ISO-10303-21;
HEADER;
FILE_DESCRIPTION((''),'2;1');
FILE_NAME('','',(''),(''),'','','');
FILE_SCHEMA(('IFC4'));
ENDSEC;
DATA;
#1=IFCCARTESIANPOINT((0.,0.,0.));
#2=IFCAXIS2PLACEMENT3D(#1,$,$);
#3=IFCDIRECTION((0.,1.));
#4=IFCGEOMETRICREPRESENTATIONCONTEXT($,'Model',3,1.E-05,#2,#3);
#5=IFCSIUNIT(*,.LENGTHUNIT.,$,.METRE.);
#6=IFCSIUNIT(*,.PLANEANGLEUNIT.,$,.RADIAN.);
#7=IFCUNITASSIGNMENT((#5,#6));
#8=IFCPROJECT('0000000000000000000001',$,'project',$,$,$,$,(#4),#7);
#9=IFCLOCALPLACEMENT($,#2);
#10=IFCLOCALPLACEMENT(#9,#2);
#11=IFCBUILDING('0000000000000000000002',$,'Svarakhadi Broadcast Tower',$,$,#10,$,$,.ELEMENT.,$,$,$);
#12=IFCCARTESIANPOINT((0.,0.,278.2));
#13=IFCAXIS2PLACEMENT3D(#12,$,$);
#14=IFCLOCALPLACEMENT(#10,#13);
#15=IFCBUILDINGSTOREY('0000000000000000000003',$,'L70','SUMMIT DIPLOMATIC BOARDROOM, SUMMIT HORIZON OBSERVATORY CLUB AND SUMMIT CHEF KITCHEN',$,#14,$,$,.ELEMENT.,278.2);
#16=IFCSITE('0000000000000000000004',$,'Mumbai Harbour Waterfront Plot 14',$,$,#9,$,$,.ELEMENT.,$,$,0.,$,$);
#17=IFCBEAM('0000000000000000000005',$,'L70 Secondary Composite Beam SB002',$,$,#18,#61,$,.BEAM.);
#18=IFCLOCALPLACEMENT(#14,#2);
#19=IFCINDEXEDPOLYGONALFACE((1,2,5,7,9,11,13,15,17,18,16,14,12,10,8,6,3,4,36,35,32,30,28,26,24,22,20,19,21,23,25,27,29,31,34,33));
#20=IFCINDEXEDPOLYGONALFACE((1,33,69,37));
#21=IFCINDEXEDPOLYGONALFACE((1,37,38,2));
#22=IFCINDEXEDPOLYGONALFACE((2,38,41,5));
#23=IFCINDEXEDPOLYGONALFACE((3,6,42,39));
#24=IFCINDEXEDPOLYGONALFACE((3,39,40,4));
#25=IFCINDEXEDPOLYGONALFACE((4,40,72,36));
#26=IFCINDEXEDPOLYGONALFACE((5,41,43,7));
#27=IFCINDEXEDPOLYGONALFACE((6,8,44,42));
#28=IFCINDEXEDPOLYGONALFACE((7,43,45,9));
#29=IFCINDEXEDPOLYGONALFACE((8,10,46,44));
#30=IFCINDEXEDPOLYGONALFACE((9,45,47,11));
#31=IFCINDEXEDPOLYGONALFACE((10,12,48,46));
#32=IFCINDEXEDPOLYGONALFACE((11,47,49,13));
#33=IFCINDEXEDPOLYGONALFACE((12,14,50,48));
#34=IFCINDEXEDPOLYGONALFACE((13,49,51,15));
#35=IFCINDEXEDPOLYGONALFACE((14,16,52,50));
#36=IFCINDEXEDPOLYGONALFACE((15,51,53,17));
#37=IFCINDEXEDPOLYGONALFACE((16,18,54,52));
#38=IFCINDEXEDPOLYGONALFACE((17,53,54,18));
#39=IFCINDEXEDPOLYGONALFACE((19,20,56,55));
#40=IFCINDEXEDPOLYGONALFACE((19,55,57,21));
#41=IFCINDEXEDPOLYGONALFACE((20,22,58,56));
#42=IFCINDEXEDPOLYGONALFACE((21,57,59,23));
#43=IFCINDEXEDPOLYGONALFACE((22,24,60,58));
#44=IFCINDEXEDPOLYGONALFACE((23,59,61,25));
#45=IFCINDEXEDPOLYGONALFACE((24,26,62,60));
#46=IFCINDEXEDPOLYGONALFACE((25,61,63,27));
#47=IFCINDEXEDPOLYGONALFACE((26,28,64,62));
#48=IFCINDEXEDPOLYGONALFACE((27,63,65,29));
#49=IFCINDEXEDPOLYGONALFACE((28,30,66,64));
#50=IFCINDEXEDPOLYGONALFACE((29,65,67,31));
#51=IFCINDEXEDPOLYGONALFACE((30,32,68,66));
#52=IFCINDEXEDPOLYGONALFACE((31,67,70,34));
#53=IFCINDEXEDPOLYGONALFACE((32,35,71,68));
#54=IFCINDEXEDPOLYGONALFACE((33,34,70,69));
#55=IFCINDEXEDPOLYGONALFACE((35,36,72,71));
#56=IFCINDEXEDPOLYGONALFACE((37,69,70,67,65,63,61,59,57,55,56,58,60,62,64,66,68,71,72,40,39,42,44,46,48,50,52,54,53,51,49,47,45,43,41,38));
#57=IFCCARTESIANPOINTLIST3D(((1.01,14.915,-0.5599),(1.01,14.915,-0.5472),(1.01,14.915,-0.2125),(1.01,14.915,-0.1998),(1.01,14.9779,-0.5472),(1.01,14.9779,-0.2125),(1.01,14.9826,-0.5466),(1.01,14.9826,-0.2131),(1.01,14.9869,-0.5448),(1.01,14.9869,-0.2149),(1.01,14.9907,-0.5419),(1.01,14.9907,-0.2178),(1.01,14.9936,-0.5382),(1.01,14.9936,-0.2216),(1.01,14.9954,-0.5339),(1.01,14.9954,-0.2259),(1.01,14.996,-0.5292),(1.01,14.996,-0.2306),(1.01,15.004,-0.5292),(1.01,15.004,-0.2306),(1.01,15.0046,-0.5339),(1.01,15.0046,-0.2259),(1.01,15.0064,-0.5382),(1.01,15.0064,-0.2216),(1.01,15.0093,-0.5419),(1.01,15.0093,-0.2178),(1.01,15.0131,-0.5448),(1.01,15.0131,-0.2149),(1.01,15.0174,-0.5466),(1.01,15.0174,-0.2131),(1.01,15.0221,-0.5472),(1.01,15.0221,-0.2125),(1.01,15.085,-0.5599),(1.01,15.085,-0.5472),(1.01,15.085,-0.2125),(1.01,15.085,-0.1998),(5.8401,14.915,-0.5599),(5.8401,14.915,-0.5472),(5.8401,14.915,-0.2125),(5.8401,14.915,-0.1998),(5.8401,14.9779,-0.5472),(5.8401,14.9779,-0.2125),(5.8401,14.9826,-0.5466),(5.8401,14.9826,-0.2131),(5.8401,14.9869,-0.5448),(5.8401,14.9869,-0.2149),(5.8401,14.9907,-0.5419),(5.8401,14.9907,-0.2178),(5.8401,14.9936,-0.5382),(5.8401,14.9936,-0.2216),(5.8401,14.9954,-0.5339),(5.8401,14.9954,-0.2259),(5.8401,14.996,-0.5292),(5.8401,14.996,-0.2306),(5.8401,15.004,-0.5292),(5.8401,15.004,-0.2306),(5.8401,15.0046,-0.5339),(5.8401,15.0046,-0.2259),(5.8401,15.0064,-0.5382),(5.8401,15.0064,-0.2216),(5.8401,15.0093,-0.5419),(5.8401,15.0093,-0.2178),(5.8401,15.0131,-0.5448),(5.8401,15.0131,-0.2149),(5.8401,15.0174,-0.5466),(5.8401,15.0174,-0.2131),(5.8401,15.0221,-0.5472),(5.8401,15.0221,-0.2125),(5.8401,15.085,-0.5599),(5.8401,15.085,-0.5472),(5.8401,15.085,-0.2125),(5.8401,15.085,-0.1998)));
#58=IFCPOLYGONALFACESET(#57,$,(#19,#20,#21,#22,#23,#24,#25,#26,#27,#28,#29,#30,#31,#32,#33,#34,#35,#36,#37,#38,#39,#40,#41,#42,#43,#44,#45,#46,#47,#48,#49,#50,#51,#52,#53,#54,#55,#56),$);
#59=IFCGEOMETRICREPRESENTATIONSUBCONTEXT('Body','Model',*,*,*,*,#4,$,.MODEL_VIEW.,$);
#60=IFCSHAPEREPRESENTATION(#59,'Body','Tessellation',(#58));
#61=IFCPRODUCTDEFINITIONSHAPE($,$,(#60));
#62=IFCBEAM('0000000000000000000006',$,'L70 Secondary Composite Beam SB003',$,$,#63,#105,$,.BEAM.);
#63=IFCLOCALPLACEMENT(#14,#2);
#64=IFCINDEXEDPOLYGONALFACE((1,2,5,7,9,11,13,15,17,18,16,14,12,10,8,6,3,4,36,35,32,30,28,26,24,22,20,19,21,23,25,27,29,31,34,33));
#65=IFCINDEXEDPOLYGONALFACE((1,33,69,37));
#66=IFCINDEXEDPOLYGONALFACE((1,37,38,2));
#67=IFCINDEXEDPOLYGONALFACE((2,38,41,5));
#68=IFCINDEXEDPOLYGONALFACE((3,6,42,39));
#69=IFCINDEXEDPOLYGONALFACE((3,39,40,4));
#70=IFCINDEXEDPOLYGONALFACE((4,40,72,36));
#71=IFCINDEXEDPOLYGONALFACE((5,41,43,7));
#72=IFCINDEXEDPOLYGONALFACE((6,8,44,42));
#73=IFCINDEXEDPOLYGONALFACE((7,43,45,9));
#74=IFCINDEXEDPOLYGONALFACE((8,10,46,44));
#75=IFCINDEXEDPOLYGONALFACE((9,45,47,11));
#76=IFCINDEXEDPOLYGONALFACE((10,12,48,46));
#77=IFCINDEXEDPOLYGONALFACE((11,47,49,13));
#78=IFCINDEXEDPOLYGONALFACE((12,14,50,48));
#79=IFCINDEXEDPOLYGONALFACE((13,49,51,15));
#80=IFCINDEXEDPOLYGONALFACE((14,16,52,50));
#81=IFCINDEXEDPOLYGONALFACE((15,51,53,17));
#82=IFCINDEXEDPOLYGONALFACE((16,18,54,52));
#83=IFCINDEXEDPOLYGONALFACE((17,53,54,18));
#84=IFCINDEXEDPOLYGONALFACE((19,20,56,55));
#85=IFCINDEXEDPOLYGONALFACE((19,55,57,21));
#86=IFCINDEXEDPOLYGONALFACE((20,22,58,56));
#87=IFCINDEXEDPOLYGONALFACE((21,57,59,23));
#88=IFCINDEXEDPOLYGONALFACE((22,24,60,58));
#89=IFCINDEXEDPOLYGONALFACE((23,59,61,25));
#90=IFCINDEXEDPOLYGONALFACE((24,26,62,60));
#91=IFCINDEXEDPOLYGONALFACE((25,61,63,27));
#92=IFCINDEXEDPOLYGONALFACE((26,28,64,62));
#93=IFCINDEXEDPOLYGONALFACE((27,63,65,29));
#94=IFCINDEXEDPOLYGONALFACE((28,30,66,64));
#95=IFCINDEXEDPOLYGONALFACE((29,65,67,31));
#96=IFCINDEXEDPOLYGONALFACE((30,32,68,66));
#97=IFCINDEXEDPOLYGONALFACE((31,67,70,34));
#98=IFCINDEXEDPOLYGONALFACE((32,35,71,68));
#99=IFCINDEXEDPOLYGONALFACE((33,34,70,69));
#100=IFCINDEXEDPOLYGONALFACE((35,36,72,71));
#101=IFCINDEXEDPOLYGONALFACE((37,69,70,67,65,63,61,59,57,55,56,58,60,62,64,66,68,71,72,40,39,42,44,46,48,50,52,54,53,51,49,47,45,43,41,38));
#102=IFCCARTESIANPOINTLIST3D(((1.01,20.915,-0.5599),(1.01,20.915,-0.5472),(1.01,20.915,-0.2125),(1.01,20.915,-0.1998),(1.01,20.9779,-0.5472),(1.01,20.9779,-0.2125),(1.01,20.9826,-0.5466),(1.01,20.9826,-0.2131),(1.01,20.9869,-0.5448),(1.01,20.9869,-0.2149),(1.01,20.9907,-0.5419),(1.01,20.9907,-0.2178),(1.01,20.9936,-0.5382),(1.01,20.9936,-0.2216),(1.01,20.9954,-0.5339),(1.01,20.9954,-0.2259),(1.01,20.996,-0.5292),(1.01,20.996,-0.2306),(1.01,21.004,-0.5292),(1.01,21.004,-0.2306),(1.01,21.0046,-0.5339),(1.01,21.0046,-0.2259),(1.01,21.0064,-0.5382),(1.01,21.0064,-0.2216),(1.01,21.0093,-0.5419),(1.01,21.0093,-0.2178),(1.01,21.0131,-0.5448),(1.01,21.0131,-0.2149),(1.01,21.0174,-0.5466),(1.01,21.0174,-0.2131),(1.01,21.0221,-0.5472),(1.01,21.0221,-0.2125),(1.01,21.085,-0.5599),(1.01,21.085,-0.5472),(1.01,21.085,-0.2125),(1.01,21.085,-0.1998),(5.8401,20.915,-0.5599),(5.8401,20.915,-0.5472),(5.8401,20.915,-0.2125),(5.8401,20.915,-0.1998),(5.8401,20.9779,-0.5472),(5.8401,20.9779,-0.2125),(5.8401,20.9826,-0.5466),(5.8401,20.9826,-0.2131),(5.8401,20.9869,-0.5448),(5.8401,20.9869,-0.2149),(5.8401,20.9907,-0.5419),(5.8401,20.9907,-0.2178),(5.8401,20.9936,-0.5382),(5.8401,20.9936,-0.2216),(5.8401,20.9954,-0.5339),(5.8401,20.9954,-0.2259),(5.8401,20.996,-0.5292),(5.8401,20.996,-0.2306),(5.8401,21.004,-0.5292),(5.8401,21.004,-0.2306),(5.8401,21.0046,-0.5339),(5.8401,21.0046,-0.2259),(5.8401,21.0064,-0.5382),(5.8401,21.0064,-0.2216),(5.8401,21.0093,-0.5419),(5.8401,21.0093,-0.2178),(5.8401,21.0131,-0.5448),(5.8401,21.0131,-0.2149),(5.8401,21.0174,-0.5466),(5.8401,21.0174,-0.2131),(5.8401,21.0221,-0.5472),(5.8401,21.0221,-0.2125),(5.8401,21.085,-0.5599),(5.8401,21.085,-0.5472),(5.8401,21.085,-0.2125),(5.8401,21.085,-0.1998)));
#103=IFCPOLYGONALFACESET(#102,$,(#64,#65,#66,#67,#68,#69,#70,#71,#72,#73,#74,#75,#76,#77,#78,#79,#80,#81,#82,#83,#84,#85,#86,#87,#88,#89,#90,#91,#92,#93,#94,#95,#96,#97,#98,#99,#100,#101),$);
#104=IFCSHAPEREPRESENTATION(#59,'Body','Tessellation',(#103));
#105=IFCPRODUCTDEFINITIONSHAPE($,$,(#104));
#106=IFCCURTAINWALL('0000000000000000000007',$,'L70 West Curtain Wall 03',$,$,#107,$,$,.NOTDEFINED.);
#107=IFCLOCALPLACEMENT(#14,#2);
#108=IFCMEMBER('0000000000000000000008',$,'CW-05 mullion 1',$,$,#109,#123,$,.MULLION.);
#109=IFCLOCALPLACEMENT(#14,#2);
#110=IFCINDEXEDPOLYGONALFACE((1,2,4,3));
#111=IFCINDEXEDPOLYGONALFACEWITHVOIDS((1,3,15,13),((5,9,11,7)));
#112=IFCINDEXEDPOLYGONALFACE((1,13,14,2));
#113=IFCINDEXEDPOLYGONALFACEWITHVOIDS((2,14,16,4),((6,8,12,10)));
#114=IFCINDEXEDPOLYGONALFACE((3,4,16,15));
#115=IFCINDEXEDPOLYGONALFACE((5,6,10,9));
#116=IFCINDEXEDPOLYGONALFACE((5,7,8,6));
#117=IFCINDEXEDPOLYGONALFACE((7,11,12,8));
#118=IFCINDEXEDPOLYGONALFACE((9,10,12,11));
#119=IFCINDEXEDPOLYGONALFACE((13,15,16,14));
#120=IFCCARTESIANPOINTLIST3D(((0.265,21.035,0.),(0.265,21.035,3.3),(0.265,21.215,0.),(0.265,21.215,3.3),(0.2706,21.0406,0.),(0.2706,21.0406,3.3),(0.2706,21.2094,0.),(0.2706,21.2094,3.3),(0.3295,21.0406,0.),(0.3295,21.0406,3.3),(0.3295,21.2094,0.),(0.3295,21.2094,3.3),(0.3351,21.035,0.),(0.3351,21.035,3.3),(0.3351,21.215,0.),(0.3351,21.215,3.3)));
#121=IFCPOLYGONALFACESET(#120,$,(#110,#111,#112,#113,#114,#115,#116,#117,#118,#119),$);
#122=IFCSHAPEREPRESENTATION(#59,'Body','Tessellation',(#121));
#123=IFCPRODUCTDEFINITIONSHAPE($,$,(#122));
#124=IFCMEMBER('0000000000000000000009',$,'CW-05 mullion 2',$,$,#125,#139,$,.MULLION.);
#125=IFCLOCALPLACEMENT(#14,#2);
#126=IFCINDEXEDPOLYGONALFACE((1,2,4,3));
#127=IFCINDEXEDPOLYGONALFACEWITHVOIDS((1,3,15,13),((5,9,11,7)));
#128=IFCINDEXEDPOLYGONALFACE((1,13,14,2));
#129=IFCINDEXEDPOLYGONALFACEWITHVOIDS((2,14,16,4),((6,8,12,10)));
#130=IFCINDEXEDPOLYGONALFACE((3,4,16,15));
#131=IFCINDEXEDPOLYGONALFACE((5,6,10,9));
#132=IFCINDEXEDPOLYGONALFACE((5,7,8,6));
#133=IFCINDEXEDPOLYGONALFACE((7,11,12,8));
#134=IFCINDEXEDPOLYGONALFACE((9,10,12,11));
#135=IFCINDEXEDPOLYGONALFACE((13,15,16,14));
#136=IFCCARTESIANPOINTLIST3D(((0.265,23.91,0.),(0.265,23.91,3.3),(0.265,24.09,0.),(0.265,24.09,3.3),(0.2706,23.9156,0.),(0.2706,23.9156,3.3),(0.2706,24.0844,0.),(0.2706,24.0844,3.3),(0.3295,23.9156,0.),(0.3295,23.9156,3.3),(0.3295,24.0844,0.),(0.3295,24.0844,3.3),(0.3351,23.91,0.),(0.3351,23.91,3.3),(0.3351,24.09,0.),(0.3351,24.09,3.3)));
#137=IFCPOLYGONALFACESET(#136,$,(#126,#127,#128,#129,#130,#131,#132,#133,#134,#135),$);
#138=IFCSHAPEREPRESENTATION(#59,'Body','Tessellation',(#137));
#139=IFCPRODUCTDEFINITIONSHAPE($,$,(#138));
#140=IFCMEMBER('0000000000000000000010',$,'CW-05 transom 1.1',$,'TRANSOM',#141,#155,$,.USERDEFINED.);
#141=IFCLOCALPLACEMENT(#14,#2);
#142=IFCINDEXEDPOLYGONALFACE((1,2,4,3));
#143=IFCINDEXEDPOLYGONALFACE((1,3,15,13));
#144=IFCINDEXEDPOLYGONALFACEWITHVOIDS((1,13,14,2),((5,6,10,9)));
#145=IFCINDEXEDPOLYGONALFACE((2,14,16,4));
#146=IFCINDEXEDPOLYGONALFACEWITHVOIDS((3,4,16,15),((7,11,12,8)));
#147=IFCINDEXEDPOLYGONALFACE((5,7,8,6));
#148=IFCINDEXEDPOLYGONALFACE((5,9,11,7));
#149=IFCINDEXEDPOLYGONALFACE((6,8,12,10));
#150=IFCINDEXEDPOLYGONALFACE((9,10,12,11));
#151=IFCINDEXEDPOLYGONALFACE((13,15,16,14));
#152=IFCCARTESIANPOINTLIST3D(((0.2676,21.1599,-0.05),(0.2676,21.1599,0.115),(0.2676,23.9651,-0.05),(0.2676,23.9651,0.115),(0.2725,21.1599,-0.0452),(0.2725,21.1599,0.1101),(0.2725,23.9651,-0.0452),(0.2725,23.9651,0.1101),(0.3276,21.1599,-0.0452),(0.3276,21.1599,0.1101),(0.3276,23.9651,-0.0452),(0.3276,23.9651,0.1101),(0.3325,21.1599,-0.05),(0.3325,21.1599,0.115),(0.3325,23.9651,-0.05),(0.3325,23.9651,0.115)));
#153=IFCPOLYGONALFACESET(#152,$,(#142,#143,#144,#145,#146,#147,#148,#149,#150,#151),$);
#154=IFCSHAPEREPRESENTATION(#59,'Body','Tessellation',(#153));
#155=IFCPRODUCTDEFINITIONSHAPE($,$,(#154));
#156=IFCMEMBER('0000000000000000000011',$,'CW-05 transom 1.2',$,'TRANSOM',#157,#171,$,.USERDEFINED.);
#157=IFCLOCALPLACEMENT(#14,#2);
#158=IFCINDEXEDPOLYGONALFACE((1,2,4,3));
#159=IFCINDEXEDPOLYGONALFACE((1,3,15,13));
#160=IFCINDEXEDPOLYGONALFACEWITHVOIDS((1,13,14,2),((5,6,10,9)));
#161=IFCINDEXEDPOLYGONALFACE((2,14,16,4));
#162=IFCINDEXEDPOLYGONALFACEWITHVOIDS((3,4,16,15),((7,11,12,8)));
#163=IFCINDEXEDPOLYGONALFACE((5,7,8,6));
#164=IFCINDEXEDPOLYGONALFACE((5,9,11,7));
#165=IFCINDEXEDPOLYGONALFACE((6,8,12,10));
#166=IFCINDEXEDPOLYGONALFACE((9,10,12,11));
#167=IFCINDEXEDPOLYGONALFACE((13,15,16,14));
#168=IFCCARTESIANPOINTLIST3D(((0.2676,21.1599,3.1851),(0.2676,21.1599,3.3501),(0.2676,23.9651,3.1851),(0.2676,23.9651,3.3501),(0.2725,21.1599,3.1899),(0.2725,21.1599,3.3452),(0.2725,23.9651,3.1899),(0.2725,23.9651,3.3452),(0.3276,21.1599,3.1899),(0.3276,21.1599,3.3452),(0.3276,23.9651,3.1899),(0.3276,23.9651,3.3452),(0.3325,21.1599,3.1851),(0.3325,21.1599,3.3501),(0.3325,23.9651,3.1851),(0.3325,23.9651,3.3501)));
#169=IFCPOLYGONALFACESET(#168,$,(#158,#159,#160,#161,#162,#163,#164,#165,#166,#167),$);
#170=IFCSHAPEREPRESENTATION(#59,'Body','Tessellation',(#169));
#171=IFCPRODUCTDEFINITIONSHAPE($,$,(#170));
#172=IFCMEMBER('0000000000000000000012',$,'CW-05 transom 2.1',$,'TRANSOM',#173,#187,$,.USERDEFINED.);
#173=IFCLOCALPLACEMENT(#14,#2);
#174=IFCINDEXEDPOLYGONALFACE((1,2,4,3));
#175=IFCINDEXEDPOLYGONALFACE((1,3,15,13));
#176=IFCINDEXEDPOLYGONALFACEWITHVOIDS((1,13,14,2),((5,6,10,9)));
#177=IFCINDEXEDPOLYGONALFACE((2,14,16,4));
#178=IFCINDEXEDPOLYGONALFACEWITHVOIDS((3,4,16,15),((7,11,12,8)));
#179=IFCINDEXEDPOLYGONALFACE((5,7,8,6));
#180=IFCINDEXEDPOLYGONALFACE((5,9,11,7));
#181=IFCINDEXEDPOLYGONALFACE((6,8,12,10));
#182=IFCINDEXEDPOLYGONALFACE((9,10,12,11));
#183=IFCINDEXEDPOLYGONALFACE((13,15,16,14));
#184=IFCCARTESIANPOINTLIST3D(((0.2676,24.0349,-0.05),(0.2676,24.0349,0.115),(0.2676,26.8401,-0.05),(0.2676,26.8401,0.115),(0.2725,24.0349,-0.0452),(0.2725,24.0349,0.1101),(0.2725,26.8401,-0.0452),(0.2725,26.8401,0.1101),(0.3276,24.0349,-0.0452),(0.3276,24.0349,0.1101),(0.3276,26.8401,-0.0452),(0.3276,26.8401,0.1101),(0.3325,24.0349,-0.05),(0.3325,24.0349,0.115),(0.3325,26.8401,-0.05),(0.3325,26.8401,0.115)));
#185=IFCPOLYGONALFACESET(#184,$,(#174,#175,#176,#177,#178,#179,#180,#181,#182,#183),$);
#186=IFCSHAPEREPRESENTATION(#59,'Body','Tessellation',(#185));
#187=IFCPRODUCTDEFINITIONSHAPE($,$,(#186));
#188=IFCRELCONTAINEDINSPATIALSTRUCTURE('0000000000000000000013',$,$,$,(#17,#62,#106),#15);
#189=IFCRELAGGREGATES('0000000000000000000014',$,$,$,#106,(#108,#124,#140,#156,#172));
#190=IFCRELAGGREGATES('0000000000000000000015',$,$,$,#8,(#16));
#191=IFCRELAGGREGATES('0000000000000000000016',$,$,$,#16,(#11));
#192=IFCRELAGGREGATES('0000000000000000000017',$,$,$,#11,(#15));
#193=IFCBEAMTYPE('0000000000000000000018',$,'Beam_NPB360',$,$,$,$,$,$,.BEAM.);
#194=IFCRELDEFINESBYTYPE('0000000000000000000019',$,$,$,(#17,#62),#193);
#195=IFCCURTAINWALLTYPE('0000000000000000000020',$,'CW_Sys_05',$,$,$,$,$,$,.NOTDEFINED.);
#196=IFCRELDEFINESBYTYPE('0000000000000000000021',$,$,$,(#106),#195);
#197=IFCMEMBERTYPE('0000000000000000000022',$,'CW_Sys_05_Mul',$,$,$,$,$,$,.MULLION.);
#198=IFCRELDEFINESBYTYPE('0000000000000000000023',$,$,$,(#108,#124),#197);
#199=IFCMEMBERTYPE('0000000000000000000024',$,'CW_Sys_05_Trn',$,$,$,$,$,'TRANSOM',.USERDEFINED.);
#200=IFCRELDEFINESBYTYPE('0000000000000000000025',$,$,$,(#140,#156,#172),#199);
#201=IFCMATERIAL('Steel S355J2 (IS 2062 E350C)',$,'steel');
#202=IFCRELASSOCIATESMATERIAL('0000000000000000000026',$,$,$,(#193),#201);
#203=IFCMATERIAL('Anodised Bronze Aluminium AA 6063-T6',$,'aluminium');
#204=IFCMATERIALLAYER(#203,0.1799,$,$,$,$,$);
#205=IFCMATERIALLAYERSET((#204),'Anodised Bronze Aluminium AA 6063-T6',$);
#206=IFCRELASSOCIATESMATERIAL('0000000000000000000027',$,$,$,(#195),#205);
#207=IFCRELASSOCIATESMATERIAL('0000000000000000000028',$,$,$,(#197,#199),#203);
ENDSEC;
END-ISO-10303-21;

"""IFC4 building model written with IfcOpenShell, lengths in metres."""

from ifc_helpers import new_model, si_unit, direction, frame, origin, origin_2d, place, context, subcontext, project, spatial, hollow_rectangle, i_section, extrude, material, layer, layer_set, material_profile, profile_set, type_object, element, aggregate, save


model = new_model("IFC4")

# Units and contexts
model_context = context("Model", 3, precision=1e-05, world=origin(), true_north=direction((0.0, 1.0)))
body_context = subcontext(model_context, "Body", "Model", "MODEL_VIEW")
ifc_project = project(units=[si_unit("LENGTHUNIT", "METRE"), si_unit("PLANEANGLEUNIT", "RADIAN")], contexts=[model_context])

# Site, building, storey
site_placement = place(None, origin())
site = spatial("IfcSite", under=ifc_project, at=site_placement, Name="Mumbai Harbour Waterfront Plot 14", CompositionType="ELEMENT", RefElevation=0.0)
building_placement = place(site_placement, origin())
building = spatial("IfcBuilding", under=site, at=building_placement, Name="Svarakhadi Broadcast Tower", CompositionType="ELEMENT")
storey_placement = place(building_placement, frame((0.0, 0.0, 278.2)))
storey = spatial("IfcBuildingStorey", under=building, at=storey_placement, Name="L70", Description="SUMMIT DIPLOMATIC BOARDROOM, SUMMIT HORIZON OBSERVATORY CLUB AND SUMMIT CHEF KITCHEN", CompositionType="ELEMENT", Elevation=278.2)

# Beams
ifc_material_1 = material(Name="Steel S355J2 (IS 2062 E350C)", Category="steel")
ifc_material_profile_1 = material_profile(ifc_material_1, i_section(OverallWidth=0.1699, OverallDepth=0.3601, WebThickness=0.0081, FlangeThickness=0.0127, FilletRadius=0.0181, at=origin_2d()), Name="NPB 360x170x57")
ifc_profile_set_1 = profile_set([ifc_material_profile_1], Name="Steel S355J2 (IS 2062 E350C)")
beam_type_1 = type_object("IfcBeamType", Name="Beam_NPB360", PredefinedType="BEAM", material=ifc_profile_set_1)
for number, where, z_axis, x_axis, name in (
    (1, (1.01, 15.0, -0.3799), (1.0, 0.0, 0.0), (0.0, 1.0, 0.0), "L70 Secondary Composite Beam SB002"),
    (2, (1.01, 21.0, -0.3799), (1.0, 0.0, 0.0), (0.0, 1.0, 0.0), "L70 Secondary Composite Beam SB003"),
):
    element("IfcBeam", number, at=place(storey_placement, frame(where, z_axis=z_axis, x_axis=x_axis)), inside=storey, type_object=beam_type_1, Name=name, PredefinedType="BEAM", context=body_context, shape_type="SweptSolid", body=[
        extrude(i_section(OverallWidth=0.1699, OverallDepth=0.3601, WebThickness=0.0081, FlangeThickness=0.0127, FilletRadius=0.0181, at=origin_2d()), origin(), (0.0, 0.0, 1.0), 4.8301),
    ])

# Curtain wall, members
ifc_material_2 = material(Name="Anodised Bronze Aluminium AA 6063-T6", Category="aluminium")
ifc_layer_1 = layer(ifc_material_2, 0.1799)
ifc_layer_set_1 = layer_set([ifc_layer_1], Name="Anodised Bronze Aluminium AA 6063-T6")
curtain_wall_type = type_object("IfcCurtainWallType", Name="CW_Sys_05", PredefinedType="NOTDEFINED", material=ifc_layer_set_1)
curtain_wall_placement = place(storey_placement, origin())
curtain_wall = element("IfcCurtainWall", 3, at=curtain_wall_placement, inside=storey, type_object=curtain_wall_type, Name="L70 West Curtain Wall 03", PredefinedType="NOTDEFINED")
ifc_material_profile_2 = material_profile(ifc_material_2, hollow_rectangle(XDim=0.0701, YDim=0.1799, WallThickness=0.0056, at=origin_2d()), Name="ALU MULLION 180x70x6")
ifc_profile_set_2 = profile_set([ifc_material_profile_2], Name="Anodised Bronze Aluminium AA 6063-T6")
member_type_1 = type_object("IfcMemberType", Name="CW_Sys_05_Mul", PredefinedType="MULLION", material=ifc_profile_set_2)
member_1_placement = place(storey_placement, frame((0.3, 21.125, 0.0), z_axis=(0.0, 0.0, 1.0), x_axis=(-1.0, 0.0, 0.0)))
member_1 = element("IfcMember", 4, at=member_1_placement, type_object=member_type_1, Name="CW-05 mullion 1", PredefinedType="MULLION", context=body_context, shape_type="SweptSolid", body=[
    extrude(hollow_rectangle(XDim=0.0701, YDim=0.1799, WallThickness=0.0056, at=origin_2d()), origin(), (0.0, 0.0, 1.0), 3.3),
])
member_2_placement = place(storey_placement, frame((0.3, 24.0, 0.0), z_axis=(0.0, 0.0, 1.0), x_axis=(-1.0, 0.0, 0.0)))
member_2 = element("IfcMember", 5, at=member_2_placement, type_object=member_type_1, Name="CW-05 mullion 2", PredefinedType="MULLION", context=body_context, shape_type="SweptSolid", body=[
    extrude(hollow_rectangle(XDim=0.0701, YDim=0.1799, WallThickness=0.0056, at=origin_2d()), origin(), (0.0, 0.0, 1.0), 3.3),
])
ifc_material_profile_3 = material_profile(ifc_material_2, hollow_rectangle(XDim=0.0649, YDim=0.165, WallThickness=0.0049, at=origin_2d()), Name="ALU TRANSOM 165x65x5")
ifc_profile_set_3 = profile_set([ifc_material_profile_3], Name="Anodised Bronze Aluminium AA 6063-T6")
member_type_2 = type_object("IfcMemberType", Name="CW_Sys_05_Trn", ElementType="TRANSOM", PredefinedType="USERDEFINED", material=ifc_profile_set_3)
member_3_placement = place(storey_placement, frame((0.3, 21.1599, 0.0325), z_axis=(0.0, 1.0, 0.0), x_axis=(-1.0, 0.0, 0.0)))
member_3 = element("IfcMember", 6, at=member_3_placement, type_object=member_type_2, Name="CW-05 transom 1.1", ObjectType="TRANSOM", PredefinedType="USERDEFINED", context=body_context, shape_type="SweptSolid", body=[
    extrude(hollow_rectangle(XDim=0.0649, YDim=0.165, WallThickness=0.0049, at=origin_2d()), origin(), (0.0, 0.0, 1.0), 2.8052),
])
member_4_placement = place(storey_placement, frame((0.3, 21.1599, 3.2676), z_axis=(0.0, 1.0, 0.0), x_axis=(-1.0, 0.0, 0.0)))
member_4 = element("IfcMember", 7, at=member_4_placement, type_object=member_type_2, Name="CW-05 transom 1.2", ObjectType="TRANSOM", PredefinedType="USERDEFINED", context=body_context, shape_type="SweptSolid", body=[
    extrude(hollow_rectangle(XDim=0.0649, YDim=0.165, WallThickness=0.0049, at=origin_2d()), origin(), (0.0, 0.0, 1.0), 2.8052),
])
member_5_placement = place(storey_placement, frame((0.3, 24.0349, 0.0325), z_axis=(0.0, 1.0, 0.0), x_axis=(-1.0, 0.0, 0.0)))
member_5 = element("IfcMember", 8, at=member_5_placement, type_object=member_type_2, Name="CW-05 transom 2.1", ObjectType="TRANSOM", PredefinedType="USERDEFINED", context=body_context, shape_type="SweptSolid", body=[
    extrude(hollow_rectangle(XDim=0.0649, YDim=0.165, WallThickness=0.0049, at=origin_2d()), origin(), (0.0, 0.0, 1.0), 2.8052),
])

aggregate(curtain_wall, [member_1, member_2, member_3, member_4, member_5])

save(model, "model.ifc")
